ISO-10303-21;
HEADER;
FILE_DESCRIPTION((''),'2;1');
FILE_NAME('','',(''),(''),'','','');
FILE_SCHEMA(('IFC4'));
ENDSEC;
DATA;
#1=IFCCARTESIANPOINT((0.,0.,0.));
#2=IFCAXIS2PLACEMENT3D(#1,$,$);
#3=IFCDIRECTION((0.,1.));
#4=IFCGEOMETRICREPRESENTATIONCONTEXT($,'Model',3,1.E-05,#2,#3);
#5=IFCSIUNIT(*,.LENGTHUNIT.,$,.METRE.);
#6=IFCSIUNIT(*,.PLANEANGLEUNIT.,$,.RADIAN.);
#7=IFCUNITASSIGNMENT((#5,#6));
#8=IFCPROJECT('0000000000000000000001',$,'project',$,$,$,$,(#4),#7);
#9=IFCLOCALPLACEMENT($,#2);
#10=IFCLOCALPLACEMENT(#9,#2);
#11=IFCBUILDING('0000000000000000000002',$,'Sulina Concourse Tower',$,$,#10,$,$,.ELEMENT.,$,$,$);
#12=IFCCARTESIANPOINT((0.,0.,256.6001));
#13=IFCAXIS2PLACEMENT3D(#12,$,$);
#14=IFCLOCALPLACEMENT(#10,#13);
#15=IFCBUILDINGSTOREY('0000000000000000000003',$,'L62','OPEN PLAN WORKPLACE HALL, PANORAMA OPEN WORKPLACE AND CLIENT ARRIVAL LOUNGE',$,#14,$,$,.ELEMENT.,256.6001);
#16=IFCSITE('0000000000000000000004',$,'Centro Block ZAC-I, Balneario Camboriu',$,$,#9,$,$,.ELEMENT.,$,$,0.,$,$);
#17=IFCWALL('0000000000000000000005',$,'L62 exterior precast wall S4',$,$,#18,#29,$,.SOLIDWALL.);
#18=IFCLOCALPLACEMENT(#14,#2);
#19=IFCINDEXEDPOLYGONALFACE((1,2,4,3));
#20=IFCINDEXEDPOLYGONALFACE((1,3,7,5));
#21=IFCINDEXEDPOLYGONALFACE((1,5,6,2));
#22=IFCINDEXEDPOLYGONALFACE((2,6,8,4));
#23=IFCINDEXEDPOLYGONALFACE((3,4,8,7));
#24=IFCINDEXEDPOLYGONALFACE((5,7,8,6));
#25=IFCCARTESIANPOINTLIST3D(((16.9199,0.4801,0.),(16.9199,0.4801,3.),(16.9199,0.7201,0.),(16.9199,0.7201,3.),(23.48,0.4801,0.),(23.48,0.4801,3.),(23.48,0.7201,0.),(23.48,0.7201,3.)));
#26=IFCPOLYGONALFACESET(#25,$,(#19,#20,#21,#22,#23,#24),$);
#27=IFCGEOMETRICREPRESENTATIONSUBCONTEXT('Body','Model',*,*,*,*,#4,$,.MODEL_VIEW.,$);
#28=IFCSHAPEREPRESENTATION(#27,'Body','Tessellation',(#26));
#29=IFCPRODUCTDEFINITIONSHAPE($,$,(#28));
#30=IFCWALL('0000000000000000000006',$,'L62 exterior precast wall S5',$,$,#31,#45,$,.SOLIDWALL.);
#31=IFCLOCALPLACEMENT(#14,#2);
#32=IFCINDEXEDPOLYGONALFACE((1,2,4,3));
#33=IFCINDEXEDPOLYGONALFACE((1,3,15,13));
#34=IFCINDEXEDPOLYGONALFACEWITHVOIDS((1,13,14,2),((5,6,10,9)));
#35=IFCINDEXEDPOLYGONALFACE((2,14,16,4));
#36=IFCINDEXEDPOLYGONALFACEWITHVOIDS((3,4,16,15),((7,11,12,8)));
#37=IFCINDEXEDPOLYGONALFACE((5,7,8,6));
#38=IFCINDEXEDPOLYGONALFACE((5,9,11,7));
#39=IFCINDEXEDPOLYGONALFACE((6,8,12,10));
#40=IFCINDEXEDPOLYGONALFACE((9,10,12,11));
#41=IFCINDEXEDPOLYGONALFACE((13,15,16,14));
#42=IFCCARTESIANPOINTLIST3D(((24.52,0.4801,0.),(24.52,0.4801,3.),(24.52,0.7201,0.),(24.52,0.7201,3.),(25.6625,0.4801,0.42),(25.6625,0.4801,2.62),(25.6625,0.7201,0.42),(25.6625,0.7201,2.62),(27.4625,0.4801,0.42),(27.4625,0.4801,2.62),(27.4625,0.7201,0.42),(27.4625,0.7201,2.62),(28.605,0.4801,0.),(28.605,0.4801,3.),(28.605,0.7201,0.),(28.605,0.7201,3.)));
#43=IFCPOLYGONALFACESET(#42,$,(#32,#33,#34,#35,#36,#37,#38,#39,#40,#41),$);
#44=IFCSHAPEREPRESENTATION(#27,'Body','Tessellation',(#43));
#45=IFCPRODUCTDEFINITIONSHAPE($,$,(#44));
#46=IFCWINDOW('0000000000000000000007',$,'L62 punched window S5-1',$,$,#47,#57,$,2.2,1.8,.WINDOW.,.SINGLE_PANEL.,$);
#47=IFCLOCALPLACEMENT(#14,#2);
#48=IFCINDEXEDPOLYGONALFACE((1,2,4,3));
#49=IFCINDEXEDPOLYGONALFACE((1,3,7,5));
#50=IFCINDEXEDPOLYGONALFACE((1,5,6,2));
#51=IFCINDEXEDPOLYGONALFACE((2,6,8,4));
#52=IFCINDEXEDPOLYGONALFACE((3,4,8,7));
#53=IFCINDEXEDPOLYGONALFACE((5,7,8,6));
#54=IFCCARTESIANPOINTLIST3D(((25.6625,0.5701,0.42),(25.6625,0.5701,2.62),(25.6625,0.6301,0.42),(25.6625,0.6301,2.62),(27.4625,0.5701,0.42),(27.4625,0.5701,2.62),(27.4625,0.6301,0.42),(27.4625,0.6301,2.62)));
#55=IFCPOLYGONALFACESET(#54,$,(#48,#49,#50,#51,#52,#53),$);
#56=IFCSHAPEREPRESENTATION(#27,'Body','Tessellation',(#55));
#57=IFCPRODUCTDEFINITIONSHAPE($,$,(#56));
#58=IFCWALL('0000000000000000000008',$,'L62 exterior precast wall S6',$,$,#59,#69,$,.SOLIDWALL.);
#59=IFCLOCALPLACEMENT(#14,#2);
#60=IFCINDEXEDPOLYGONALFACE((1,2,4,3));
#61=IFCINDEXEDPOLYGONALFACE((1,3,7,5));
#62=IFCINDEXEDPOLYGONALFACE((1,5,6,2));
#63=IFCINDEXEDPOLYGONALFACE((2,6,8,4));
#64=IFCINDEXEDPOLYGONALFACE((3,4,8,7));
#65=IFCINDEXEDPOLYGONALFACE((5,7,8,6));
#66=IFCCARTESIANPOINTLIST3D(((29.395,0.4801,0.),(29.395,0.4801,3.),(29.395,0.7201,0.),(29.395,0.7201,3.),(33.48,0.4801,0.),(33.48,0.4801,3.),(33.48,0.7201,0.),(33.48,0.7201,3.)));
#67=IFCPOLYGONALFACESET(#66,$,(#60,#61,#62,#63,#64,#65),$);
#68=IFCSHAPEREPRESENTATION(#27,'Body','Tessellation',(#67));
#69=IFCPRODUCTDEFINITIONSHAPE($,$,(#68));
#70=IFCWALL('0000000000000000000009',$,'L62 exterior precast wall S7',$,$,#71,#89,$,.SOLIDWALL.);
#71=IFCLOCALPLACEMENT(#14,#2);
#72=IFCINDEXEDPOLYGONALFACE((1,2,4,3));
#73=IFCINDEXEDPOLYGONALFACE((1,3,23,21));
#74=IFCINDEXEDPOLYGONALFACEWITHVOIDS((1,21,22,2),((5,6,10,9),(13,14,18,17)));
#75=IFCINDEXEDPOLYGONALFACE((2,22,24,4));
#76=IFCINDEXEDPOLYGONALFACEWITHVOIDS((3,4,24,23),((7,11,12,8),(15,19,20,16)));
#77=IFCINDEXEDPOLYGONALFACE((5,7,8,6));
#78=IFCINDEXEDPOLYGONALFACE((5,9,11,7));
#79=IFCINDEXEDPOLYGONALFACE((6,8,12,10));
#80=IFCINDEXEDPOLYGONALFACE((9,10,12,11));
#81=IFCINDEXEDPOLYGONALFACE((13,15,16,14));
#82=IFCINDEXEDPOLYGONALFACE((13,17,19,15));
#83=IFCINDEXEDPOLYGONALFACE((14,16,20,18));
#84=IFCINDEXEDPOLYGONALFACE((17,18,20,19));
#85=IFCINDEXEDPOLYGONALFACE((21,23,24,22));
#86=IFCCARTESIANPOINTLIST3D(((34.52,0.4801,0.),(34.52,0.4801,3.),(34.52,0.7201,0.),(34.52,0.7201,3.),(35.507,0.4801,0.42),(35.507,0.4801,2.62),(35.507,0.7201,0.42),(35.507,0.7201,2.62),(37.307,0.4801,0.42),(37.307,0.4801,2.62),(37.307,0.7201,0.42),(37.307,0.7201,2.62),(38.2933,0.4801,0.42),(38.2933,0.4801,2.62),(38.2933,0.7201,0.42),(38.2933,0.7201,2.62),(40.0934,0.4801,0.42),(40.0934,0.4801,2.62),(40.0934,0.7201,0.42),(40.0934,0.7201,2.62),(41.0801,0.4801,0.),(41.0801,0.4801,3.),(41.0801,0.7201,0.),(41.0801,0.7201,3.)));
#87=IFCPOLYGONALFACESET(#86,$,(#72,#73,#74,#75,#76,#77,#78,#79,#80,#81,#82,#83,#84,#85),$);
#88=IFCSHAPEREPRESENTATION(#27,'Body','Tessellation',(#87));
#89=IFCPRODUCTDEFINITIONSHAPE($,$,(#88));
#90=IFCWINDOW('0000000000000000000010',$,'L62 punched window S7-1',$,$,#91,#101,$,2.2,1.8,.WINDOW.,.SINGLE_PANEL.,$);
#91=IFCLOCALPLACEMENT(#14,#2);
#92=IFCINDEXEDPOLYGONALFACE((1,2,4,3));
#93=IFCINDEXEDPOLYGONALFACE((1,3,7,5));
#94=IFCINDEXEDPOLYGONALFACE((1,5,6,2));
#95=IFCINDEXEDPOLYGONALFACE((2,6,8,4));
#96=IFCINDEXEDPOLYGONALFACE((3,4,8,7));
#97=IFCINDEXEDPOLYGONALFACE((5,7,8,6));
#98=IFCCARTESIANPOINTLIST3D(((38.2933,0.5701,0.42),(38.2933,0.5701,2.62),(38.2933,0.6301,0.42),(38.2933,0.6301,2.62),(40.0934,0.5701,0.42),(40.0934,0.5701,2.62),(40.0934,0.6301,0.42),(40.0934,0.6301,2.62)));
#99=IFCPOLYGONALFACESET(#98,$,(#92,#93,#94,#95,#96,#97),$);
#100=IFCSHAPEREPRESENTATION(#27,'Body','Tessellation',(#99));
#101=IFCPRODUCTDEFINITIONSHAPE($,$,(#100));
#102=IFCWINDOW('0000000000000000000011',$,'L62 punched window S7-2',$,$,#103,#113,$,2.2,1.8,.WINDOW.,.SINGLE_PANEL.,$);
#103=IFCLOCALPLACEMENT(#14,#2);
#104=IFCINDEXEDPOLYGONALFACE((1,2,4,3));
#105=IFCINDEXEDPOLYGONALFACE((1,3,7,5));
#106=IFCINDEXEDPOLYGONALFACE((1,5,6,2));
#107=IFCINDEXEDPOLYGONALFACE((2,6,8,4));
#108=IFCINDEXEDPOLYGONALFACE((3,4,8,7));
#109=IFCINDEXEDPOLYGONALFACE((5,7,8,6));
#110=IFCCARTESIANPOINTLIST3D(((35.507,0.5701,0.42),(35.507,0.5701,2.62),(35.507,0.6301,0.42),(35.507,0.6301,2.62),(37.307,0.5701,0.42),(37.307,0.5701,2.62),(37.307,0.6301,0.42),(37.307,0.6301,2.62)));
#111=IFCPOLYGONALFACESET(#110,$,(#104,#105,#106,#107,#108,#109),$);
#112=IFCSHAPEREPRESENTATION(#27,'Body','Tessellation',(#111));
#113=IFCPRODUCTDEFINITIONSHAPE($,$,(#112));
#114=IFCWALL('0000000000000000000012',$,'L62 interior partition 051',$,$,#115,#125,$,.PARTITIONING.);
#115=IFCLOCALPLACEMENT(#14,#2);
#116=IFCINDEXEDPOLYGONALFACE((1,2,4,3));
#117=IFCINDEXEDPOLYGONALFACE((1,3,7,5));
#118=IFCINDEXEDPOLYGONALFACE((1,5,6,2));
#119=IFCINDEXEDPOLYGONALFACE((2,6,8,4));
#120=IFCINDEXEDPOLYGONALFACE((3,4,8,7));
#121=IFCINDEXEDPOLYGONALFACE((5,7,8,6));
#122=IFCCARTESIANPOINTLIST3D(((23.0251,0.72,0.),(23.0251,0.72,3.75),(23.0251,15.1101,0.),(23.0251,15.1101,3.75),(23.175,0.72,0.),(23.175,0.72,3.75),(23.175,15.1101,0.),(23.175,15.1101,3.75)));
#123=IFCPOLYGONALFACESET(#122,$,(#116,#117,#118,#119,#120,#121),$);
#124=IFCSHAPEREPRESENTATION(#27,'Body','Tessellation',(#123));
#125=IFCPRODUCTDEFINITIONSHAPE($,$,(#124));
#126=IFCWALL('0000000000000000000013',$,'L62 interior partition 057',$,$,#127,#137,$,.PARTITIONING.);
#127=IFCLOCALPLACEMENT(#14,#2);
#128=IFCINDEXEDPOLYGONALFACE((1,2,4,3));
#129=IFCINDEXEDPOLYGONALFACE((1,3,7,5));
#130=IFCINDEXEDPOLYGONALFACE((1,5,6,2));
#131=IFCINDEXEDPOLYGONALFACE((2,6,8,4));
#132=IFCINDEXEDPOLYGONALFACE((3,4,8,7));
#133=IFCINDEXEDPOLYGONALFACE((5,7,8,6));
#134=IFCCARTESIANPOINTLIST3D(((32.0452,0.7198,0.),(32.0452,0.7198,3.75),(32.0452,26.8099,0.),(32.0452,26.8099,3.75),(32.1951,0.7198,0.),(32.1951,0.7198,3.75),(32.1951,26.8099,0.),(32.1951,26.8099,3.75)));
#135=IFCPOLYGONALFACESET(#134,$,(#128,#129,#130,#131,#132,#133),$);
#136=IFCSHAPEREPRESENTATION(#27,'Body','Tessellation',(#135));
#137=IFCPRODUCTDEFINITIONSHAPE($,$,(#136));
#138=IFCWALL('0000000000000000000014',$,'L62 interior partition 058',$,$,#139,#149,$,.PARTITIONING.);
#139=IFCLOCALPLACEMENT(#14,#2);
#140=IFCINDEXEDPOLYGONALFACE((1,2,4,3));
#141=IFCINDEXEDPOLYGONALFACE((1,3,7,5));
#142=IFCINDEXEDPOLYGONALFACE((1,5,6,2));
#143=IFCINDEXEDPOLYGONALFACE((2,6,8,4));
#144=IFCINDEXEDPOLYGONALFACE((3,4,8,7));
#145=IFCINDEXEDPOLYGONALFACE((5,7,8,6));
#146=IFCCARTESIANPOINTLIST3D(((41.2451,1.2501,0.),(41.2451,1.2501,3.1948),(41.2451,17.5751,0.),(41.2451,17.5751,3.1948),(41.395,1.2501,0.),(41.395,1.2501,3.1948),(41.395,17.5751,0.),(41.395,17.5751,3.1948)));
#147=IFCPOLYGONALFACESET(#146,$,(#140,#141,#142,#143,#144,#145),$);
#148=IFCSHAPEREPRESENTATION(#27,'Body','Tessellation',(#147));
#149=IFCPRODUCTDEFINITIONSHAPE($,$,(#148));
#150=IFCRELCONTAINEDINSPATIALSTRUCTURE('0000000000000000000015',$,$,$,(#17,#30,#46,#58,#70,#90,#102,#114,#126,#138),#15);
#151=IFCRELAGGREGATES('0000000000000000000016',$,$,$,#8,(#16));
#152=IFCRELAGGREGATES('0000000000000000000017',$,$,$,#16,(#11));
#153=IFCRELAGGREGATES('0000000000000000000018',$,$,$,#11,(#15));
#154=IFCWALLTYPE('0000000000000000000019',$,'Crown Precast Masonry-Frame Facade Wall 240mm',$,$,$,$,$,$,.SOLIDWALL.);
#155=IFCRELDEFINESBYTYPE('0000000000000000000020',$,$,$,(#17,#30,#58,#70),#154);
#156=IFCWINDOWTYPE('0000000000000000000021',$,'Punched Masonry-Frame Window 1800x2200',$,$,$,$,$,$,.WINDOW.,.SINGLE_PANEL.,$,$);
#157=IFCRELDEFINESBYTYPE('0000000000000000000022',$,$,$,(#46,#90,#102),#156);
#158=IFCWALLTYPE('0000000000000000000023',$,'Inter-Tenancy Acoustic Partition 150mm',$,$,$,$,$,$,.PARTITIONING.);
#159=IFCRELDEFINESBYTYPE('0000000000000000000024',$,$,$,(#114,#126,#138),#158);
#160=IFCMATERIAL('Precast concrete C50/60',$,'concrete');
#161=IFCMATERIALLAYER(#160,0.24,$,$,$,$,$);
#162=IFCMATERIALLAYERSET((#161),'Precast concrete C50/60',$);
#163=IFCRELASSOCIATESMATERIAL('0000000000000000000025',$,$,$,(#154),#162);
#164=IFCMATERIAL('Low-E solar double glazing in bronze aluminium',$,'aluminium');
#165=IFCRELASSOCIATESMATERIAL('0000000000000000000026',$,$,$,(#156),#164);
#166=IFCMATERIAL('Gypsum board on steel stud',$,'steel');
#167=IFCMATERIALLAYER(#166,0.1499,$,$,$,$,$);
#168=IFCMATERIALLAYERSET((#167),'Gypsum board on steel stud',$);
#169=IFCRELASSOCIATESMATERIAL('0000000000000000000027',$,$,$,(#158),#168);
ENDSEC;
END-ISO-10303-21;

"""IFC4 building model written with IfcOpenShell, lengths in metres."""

from ifc_helpers import new_model, si_unit, direction, frame, frame_2d, origin, place, context, subcontext, project, spatial, rectangle, extrude, material, layer, layer_set, type_object, element, fill, save


model = new_model("IFC4")

# Units and contexts
model_context = context("Model", 3, precision=1e-05, world=origin(), true_north=direction((0.0, 1.0)))
body_context = subcontext(model_context, "Body", "Model", "MODEL_VIEW")
ifc_project = project(units=[si_unit("LENGTHUNIT", "METRE"), si_unit("PLANEANGLEUNIT", "RADIAN")], contexts=[model_context])

# Site, building, storey
site_placement = place(None, origin())
site = spatial("IfcSite", under=ifc_project, at=site_placement, Name="Centro Block ZAC-I, Balneario Camboriu", CompositionType="ELEMENT", RefElevation=0.0)
building_placement = place(site_placement, origin())
building = spatial("IfcBuilding", under=site, at=building_placement, Name="Sulina Concourse Tower", CompositionType="ELEMENT")
storey_placement = place(building_placement, frame((0.0, 0.0, 256.6001)))
storey = spatial("IfcBuildingStorey", under=building, at=storey_placement, Name="L62", Description="OPEN PLAN WORKPLACE HALL, PANORAMA OPEN WORKPLACE AND CLIENT ARRIVAL LOUNGE", CompositionType="ELEMENT", Elevation=256.6001)

# Wall
ifc_material_1 = material(Name="Precast concrete C50/60", Category="concrete")
ifc_layer_1 = layer(ifc_material_1, 0.24)
ifc_layer_set_1 = layer_set([ifc_layer_1], Name="Precast concrete C50/60")
wall_type_1 = type_object("IfcWallType", Name="Crown Precast Masonry-Frame Facade Wall 240mm", PredefinedType="SOLIDWALL", material=ifc_layer_set_1)
wall_1_placement = place(storey_placement, frame((23.48, 0.6001, 0.0), z_axis=(0.0, 0.0, 1.0), x_axis=(-1.0, 0.0, 0.0)))
element("IfcWall", 1, at=wall_1_placement, inside=storey, type_object=wall_type_1, Name="L62 exterior precast wall S4", PredefinedType="SOLIDWALL", context=body_context, shape_type="SweptSolid", body=[
    extrude(rectangle(XDim=6.5601, YDim=0.24, at=frame_2d((3.28, 0.0))), origin(), (0.0, 0.0, 1.0), 3.0),
])

# Wall, opening, window
wall_2_placement = place(storey_placement, frame((28.605, 0.6001, 0.0), z_axis=(0.0, 0.0, 1.0), x_axis=(-1.0, 0.0, 0.0)))
wall_2 = element("IfcWall", 2, at=wall_2_placement, inside=storey, type_object=wall_type_1, Name="L62 exterior precast wall S5", PredefinedType="SOLIDWALL", context=body_context, shape_type="SweptSolid", body=[
    extrude(rectangle(XDim=4.085, YDim=0.24, at=frame_2d((2.0425, 0.0))), origin(), (0.0, 0.0, 1.0), 3.0),
])
opening_1_placement = place(wall_2_placement, frame((1.1426, 0.0, 0.4199)))
opening_1 = element("IfcOpeningElement", 3, at=opening_1_placement, cuts=wall_2, PredefinedType="OPENING", context=body_context, shape_type="SweptSolid", body=[
    extrude(rectangle(XDim=1.8, YDim=2.2, at=frame_2d((0.8999, 1.1001))), frame((0.0, 0.1299, 0.0), z_axis=(0.0, -1.0, 0.0), x_axis=(1.0, 0.0, 0.0)), (0.0, 0.0, 1.0), 0.26),
])
ifc_material_2 = material(Name="Low-E solar double glazing in bronze aluminium", Category="aluminium")
window_type = type_object("IfcWindowType", Name="Punched Masonry-Frame Window 1800x2200", PartitioningType="SINGLE_PANEL", PredefinedType="WINDOW", material=ifc_material_2)
window_1_placement = place(opening_1_placement, origin())
window_1 = element("IfcWindow", 4, at=window_1_placement, inside=storey, type_object=window_type, Name="L62 punched window S5-1", OverallHeight=2.2, OverallWidth=1.8, PartitioningType="SINGLE_PANEL", PredefinedType="WINDOW", context=body_context, shape_type="SweptSolid", body=[
    extrude(rectangle(XDim=1.8, YDim=2.2, at=frame_2d((0.8999, 1.1001))), frame((0.0, 0.03, 0.0), z_axis=(0.0, -1.0, 0.0), x_axis=(1.0, 0.0, 0.0)), (0.0, 0.0, 1.0), 0.0601),
])
fill(opening_1, window_1)

# Wall
wall_3_placement = place(storey_placement, frame((33.48, 0.6001, 0.0), z_axis=(0.0, 0.0, 1.0), x_axis=(-1.0, 0.0, 0.0)))
element("IfcWall", 5, at=wall_3_placement, inside=storey, type_object=wall_type_1, Name="L62 exterior precast wall S6", PredefinedType="SOLIDWALL", context=body_context, shape_type="SweptSolid", body=[
    extrude(rectangle(XDim=4.085, YDim=0.24, at=frame_2d((2.0425, 0.0))), origin(), (0.0, 0.0, 1.0), 3.0),
])

# Wall, openings, windows
wall_4_placement = place(storey_placement, frame((41.0801, 0.6001, 0.0), z_axis=(0.0, 0.0, 1.0), x_axis=(-1.0, 0.0, 0.0)))
wall_4 = element("IfcWall", 6, at=wall_4_placement, inside=storey, type_object=wall_type_1, Name="L62 exterior precast wall S7", PredefinedType="SOLIDWALL", context=body_context, shape_type="SweptSolid", body=[
    extrude(rectangle(XDim=6.5601, YDim=0.24, at=frame_2d((3.28, 0.0))), origin(), (0.0, 0.0, 1.0), 3.0),
])
opening_2_placement = place(wall_4_placement, frame((0.9868, 0.0, 0.4199)))
opening_2 = element("IfcOpeningElement", 7, at=opening_2_placement, cuts=wall_4, PredefinedType="OPENING", context=body_context, shape_type="SweptSolid", body=[
    extrude(rectangle(XDim=1.8, YDim=2.2, at=frame_2d((0.8999, 1.1001))), frame((0.0, 0.1299, 0.0), z_axis=(0.0, -1.0, 0.0), x_axis=(1.0, 0.0, 0.0)), (0.0, 0.0, 1.0), 0.26),
])
opening_3_placement = place(wall_4_placement, frame((3.7732, 0.0, 0.4199)))
opening_3 = element("IfcOpeningElement", 8, at=opening_3_placement, cuts=wall_4, PredefinedType="OPENING", context=body_context, shape_type="SweptSolid", body=[
    extrude(rectangle(XDim=1.8, YDim=2.2, at=frame_2d((0.8999, 1.1001))), frame((0.0, 0.1299, 0.0), z_axis=(0.0, -1.0, 0.0), x_axis=(1.0, 0.0, 0.0)), (0.0, 0.0, 1.0), 0.26),
])
window_2_placement = place(opening_2_placement, origin())
window_2 = element("IfcWindow", 9, at=window_2_placement, inside=storey, type_object=window_type, Name="L62 punched window S7-1", OverallHeight=2.2, OverallWidth=1.8, PartitioningType="SINGLE_PANEL", PredefinedType="WINDOW", context=body_context, shape_type="SweptSolid", body=[
    extrude(rectangle(XDim=1.8, YDim=2.2, at=frame_2d((0.8999, 1.1001))), frame((0.0, 0.03, 0.0), z_axis=(0.0, -1.0, 0.0), x_axis=(1.0, 0.0, 0.0)), (0.0, 0.0, 1.0), 0.0601),
])
fill(opening_2, window_2)
window_3_placement = place(opening_3_placement, origin())
window_3 = element("IfcWindow", 10, at=window_3_placement, inside=storey, type_object=window_type, Name="L62 punched window S7-2", OverallHeight=2.2, OverallWidth=1.8, PartitioningType="SINGLE_PANEL", PredefinedType="WINDOW", context=body_context, shape_type="SweptSolid", body=[
    extrude(rectangle(XDim=1.8, YDim=2.2, at=frame_2d((0.8999, 1.1001))), frame((0.0, 0.03, 0.0), z_axis=(0.0, -1.0, 0.0), x_axis=(1.0, 0.0, 0.0)), (0.0, 0.0, 1.0), 0.0601),
])
fill(opening_3, window_3)

# Walls
ifc_material_3 = material(Name="Gypsum board on steel stud", Category="steel")
ifc_layer_2 = layer(ifc_material_3, 0.1499)
ifc_layer_set_2 = layer_set([ifc_layer_2], Name="Gypsum board on steel stud")
wall_type_2 = type_object("IfcWallType", Name="Inter-Tenancy Acoustic Partition 150mm", PredefinedType="PARTITIONING", material=ifc_layer_set_2)
wall_5_placement = place(storey_placement, frame((23.1001, 0.72, 0.0), z_axis=(0.0, 0.0, 1.0), x_axis=(0.0, 1.0, 0.0)))
element("IfcWall", 11, at=wall_5_placement, inside=storey, type_object=wall_type_2, Name="L62 interior partition 051", PredefinedType="PARTITIONING", context=body_context, shape_type="SweptSolid", body=[
    extrude(rectangle(XDim=14.3901, YDim=0.1499, at=frame_2d((7.1951, 0.0))), origin(), (0.0, 0.0, 1.0), 3.75),
])
wall_6_placement = place(storey_placement, frame((32.1201, 0.72, 0.0), z_axis=(0.0, 0.0, 1.0), x_axis=(0.0, 1.0, 0.0)))
element("IfcWall", 12, at=wall_6_placement, inside=storey, type_object=wall_type_2, Name="L62 interior partition 057", PredefinedType="PARTITIONING", context=body_context, shape_type="SweptSolid", body=[
    extrude(rectangle(XDim=26.0901, YDim=0.1499, at=frame_2d((13.0449, 0.0))), origin(), (0.0, 0.0, 1.0), 3.75),
])
wall_7_placement = place(storey_placement, frame((41.3201, 1.25, 0.0), z_axis=(0.0, 0.0, 1.0), x_axis=(0.0, 1.0, 0.0)))
element("IfcWall", 13, at=wall_7_placement, inside=storey, type_object=wall_type_2, Name="L62 interior partition 058", PredefinedType="PARTITIONING", context=body_context, shape_type="SweptSolid", body=[
    extrude(rectangle(XDim=16.325, YDim=0.1499, at=frame_2d((8.1626, 0.0))), origin(), (0.0, 0.0, 1.0), 3.1948),
])

save(model, "model.ifc")
